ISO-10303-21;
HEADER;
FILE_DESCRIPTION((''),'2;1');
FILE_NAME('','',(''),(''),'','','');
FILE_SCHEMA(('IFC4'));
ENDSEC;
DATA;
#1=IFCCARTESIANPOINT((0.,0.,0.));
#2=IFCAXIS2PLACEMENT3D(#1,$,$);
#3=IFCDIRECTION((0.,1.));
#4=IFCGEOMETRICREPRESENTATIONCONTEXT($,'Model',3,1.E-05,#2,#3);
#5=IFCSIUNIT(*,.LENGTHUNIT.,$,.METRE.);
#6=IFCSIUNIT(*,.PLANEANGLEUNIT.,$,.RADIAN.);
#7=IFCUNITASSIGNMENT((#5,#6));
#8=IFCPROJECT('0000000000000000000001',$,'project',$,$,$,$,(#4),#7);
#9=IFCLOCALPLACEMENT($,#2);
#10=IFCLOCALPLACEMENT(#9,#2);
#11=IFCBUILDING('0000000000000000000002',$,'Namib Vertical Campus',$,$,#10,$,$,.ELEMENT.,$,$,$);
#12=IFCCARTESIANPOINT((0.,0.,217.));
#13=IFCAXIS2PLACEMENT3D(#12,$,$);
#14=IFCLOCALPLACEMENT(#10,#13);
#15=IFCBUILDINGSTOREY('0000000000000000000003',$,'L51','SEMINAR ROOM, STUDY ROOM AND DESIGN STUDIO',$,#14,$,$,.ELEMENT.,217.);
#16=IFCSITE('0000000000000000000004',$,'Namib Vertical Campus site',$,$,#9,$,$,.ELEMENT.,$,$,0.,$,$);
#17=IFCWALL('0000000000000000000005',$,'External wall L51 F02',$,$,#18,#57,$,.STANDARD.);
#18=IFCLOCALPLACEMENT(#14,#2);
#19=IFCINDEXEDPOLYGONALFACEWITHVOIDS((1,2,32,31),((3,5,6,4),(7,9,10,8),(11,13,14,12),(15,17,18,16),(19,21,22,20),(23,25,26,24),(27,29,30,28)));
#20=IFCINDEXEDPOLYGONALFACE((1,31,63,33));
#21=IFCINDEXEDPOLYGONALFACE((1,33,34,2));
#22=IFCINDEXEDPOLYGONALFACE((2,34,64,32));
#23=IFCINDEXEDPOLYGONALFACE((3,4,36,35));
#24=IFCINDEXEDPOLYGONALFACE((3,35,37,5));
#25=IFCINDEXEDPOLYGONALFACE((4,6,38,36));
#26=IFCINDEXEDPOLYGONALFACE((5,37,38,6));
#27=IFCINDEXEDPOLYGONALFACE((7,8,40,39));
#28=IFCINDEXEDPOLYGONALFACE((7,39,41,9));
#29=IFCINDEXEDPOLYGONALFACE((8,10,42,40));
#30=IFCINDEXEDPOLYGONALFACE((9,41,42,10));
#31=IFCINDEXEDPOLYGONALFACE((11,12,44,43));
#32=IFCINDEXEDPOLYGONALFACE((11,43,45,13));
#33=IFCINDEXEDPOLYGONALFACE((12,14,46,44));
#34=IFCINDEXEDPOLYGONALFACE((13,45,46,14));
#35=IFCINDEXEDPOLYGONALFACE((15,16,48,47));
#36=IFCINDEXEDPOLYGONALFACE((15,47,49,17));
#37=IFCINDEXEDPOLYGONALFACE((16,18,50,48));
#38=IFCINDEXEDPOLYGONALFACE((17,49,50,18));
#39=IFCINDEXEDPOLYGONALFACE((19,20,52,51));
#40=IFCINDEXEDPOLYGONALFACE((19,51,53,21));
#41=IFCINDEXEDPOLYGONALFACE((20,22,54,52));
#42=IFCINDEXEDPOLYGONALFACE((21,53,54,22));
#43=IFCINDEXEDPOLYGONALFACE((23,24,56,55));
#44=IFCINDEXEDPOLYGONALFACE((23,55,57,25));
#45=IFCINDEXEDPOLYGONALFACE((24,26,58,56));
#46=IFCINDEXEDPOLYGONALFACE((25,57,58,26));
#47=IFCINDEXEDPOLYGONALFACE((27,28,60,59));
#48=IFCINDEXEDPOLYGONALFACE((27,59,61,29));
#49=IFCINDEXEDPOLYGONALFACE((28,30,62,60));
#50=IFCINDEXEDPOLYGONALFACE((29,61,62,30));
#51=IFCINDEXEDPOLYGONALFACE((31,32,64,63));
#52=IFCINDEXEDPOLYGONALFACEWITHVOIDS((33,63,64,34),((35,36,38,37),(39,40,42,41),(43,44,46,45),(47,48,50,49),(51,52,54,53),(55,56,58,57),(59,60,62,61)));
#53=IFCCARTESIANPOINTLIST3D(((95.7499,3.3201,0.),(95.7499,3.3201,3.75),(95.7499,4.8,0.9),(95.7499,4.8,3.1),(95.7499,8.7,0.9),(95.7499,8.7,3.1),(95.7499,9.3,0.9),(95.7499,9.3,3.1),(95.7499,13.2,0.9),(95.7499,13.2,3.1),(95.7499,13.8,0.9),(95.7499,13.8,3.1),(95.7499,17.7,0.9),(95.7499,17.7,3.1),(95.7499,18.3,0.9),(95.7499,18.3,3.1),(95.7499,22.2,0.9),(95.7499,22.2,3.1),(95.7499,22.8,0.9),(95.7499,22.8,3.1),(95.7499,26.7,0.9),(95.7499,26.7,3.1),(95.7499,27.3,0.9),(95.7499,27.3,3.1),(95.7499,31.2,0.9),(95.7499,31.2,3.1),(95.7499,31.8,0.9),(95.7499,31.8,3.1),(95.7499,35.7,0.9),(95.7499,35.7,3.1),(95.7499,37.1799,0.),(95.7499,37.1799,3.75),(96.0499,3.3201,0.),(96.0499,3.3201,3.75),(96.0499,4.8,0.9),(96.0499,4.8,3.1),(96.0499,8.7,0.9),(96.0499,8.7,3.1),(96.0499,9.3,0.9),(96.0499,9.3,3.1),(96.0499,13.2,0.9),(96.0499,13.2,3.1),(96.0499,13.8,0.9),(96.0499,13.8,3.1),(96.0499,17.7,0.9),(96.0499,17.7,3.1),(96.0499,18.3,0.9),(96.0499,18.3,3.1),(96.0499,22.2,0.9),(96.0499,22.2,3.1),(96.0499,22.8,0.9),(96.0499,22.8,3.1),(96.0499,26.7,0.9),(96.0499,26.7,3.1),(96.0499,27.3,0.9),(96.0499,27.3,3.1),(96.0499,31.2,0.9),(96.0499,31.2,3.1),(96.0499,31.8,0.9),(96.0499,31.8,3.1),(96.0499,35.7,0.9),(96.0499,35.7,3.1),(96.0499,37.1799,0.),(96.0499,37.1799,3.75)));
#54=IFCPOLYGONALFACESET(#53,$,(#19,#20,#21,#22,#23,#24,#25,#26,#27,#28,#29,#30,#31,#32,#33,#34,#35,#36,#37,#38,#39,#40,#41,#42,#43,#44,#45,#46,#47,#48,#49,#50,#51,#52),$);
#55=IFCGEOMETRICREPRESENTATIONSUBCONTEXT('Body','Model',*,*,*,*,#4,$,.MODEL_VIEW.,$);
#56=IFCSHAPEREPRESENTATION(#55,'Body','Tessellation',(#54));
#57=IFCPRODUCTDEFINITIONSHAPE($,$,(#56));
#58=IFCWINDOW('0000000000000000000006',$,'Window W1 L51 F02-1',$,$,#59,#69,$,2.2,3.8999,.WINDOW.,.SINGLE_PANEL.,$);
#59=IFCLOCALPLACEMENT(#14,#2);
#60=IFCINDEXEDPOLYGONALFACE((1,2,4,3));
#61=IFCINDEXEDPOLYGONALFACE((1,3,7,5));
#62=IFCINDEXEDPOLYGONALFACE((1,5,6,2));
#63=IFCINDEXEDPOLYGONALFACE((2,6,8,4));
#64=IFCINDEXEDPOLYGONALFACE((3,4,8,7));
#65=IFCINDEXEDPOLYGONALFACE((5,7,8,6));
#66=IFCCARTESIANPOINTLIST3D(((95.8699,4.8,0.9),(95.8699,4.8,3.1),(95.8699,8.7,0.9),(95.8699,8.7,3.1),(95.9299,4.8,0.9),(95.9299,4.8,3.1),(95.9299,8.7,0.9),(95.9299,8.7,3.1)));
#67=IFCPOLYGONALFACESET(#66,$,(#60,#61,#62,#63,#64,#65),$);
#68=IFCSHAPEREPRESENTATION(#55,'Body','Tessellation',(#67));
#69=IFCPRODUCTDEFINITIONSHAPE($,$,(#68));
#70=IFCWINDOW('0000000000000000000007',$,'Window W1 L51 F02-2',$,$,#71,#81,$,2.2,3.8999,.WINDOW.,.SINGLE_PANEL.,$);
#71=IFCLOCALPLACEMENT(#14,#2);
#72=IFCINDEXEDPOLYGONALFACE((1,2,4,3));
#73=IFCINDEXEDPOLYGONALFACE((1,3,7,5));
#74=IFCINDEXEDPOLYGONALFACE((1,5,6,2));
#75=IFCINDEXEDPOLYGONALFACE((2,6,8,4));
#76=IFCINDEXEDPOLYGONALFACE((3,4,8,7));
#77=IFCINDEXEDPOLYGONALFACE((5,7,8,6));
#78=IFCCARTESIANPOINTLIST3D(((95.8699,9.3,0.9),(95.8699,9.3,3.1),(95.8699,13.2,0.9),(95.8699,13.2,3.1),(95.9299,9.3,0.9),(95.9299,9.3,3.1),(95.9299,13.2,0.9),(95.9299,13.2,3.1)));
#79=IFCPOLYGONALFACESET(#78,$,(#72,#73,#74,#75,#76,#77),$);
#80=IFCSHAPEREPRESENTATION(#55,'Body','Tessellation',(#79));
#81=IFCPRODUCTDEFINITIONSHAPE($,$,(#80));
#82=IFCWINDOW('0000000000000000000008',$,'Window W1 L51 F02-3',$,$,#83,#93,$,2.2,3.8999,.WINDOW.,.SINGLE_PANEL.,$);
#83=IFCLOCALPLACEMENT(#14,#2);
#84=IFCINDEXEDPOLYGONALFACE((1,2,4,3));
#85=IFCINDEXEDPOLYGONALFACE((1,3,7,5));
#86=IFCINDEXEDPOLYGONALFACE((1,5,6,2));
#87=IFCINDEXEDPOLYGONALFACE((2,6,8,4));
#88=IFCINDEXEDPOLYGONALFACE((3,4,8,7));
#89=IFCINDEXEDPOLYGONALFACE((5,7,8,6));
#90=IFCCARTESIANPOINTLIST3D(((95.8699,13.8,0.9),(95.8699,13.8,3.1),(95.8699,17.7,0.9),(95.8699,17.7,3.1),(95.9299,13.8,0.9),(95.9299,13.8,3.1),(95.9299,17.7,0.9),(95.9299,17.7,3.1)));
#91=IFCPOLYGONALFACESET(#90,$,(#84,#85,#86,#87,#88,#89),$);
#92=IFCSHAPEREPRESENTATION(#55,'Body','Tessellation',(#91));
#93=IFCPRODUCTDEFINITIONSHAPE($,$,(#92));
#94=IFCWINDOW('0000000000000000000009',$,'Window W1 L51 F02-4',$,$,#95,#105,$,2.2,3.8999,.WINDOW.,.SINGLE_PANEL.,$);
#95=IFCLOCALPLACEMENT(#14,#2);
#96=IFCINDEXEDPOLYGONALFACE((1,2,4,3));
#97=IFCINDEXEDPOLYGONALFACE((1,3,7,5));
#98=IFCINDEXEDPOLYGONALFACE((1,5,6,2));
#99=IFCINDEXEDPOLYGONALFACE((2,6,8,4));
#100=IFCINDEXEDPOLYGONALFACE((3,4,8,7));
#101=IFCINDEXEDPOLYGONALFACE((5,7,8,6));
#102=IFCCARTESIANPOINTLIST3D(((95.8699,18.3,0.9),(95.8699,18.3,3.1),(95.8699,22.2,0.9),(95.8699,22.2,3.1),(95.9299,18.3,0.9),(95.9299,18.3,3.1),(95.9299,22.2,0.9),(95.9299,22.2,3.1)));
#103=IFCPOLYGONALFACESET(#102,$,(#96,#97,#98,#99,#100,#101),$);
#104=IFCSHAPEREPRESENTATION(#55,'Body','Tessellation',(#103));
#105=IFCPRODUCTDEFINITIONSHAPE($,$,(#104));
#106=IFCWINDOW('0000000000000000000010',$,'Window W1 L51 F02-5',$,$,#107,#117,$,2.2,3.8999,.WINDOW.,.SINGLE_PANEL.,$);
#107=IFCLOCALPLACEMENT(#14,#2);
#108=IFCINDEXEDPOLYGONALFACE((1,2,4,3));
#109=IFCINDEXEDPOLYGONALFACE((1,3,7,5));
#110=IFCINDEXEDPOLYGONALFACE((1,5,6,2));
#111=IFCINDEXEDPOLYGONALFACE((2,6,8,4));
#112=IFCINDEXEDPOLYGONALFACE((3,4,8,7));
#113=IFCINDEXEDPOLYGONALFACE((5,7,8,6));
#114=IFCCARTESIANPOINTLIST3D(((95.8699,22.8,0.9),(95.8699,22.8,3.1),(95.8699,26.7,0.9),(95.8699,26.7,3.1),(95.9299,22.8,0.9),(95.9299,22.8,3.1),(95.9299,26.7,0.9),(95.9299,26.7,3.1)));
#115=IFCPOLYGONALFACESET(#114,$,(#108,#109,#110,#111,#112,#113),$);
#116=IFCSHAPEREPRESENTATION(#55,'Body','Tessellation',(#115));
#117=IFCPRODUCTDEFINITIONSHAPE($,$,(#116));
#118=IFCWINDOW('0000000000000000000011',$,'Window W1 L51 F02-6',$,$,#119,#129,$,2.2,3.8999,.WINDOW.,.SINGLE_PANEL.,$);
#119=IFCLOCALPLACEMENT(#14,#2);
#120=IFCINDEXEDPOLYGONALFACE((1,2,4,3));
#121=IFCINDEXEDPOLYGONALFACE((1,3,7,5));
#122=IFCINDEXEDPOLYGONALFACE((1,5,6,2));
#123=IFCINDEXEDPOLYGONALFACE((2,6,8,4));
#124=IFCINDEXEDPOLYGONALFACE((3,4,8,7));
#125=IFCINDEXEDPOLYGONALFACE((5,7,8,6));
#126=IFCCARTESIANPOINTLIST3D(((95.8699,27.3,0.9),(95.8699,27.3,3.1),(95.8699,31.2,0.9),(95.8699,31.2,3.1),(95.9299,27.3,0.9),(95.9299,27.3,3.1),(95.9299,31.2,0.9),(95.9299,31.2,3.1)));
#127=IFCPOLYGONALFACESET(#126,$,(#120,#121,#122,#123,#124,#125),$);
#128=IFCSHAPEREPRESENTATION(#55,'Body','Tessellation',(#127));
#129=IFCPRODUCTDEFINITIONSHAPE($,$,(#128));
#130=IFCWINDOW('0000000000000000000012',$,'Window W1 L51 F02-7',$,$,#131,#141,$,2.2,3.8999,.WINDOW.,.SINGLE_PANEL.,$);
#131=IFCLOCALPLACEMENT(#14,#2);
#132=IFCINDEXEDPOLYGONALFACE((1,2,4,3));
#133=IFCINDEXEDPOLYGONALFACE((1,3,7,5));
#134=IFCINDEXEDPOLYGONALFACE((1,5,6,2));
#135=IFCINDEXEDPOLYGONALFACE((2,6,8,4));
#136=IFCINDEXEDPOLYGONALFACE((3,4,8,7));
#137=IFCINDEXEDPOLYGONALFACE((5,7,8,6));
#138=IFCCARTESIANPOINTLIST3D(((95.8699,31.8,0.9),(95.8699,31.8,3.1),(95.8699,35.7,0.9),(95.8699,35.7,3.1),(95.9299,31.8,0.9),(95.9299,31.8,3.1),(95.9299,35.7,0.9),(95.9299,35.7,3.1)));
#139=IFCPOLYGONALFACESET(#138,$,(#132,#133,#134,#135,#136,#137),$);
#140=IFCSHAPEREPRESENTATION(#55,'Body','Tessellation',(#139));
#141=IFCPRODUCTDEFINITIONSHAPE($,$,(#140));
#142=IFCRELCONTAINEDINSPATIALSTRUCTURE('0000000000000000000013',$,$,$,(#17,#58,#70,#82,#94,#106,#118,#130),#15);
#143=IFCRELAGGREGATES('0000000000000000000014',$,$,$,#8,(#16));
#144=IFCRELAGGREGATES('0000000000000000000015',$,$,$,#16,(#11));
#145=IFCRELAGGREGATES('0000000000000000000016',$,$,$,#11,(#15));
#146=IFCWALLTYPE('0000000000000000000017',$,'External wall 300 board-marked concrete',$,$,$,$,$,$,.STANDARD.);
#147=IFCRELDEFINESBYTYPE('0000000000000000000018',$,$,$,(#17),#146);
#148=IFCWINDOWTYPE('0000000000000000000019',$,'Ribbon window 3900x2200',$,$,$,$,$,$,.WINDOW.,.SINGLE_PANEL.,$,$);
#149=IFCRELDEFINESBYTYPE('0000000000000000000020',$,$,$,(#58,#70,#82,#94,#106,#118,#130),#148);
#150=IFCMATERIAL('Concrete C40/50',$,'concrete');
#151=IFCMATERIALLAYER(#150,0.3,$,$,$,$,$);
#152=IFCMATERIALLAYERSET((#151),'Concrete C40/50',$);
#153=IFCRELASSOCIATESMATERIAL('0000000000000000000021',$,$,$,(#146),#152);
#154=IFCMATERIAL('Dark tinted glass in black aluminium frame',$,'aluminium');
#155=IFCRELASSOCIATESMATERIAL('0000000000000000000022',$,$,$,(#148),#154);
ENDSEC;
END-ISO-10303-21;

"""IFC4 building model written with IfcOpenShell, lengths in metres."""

from ifc_helpers import new_model, si_unit, direction, frame, frame_2d, origin, place, context, subcontext, project, spatial, rectangle, extrude, material, layer, layer_set, type_object, element, fill, save


model = new_model("IFC4")

# Units and contexts
model_context = context("Model", 3, precision=1e-05, world=origin(), true_north=direction((0.0, 1.0)))
body_context = subcontext(model_context, "Body", "Model", "MODEL_VIEW")
ifc_project = project(units=[si_unit("LENGTHUNIT", "METRE"), si_unit("PLANEANGLEUNIT", "RADIAN")], contexts=[model_context])

# Site, building, storey
site_placement = place(None, origin())
site = spatial("IfcSite", under=ifc_project, at=site_placement, Name="Namib Vertical Campus site", CompositionType="ELEMENT", RefElevation=0.0)
building_placement = place(site_placement, origin())
building = spatial("IfcBuilding", under=site, at=building_placement, Name="Namib Vertical Campus", CompositionType="ELEMENT")
storey_placement = place(building_placement, frame((0.0, 0.0, 217.0)))
storey = spatial("IfcBuildingStorey", under=building, at=storey_placement, Name="L51", Description="SEMINAR ROOM, STUDY ROOM AND DESIGN STUDIO", CompositionType="ELEMENT", Elevation=217.0)

# Wall, openings, windows
ifc_material_1 = material(Name="Concrete C40/50", Category="concrete")
ifc_layer_1 = layer(ifc_material_1, 0.3)
ifc_layer_set_1 = layer_set([ifc_layer_1], Name="Concrete C40/50")
wall_type_1 = type_object("IfcWallType", Name="External wall 300 board-marked concrete", PredefinedType="STANDARD", material=ifc_layer_set_1)
wall_1_placement = place(storey_placement, frame((95.8999, 3.3201, 0.0), z_axis=(0.0, 0.0, 1.0), x_axis=(0.0, 1.0, 0.0)))
wall_1 = element("IfcWall", 1, at=wall_1_placement, inside=storey, type_object=wall_type_1, Name="External wall L51 F02", PredefinedType="STANDARD", context=body_context, shape_type="SweptSolid", body=[
    extrude(rectangle(XDim=33.8599, YDim=0.3, at=frame_2d((16.9299, 0.0))), origin(), (0.0, 0.0, 1.0), 3.75),
])
opening_1_placement = place(wall_1_placement, frame((1.48, 0.0, 0.8999)))
opening_1 = element("IfcOpeningElement", 2, at=opening_1_placement, cuts=wall_1, PredefinedType="OPENING", context=body_context, shape_type="SweptSolid", body=[
    extrude(rectangle(XDim=3.8999, YDim=2.2, at=frame_2d((1.95, 1.1001))), frame((0.0, 0.1599, 0.0), z_axis=(0.0, -1.0, 0.0), x_axis=(1.0, 0.0, 0.0)), (0.0, 0.0, 1.0), 0.3201),
])
opening_2_placement = place(wall_1_placement, frame((5.98, 0.0, 0.8999)))
opening_2 = element("IfcOpeningElement", 3, at=opening_2_placement, cuts=wall_1, PredefinedType="OPENING", context=body_context, shape_type="SweptSolid", body=[
    extrude(rectangle(XDim=3.8999, YDim=2.2, at=frame_2d((1.95, 1.1001))), frame((0.0, 0.1599, 0.0), z_axis=(0.0, -1.0, 0.0), x_axis=(1.0, 0.0, 0.0)), (0.0, 0.0, 1.0), 0.3201),
])
opening_3_placement = place(wall_1_placement, frame((10.48, 0.0, 0.8999)))
opening_3 = element("IfcOpeningElement", 4, at=opening_3_placement, cuts=wall_1, PredefinedType="OPENING", context=body_context, shape_type="SweptSolid", body=[
    extrude(rectangle(XDim=3.8999, YDim=2.2, at=frame_2d((1.95, 1.1001))), frame((0.0, 0.1599, 0.0), z_axis=(0.0, -1.0, 0.0), x_axis=(1.0, 0.0, 0.0)), (0.0, 0.0, 1.0), 0.3201),
])
opening_4_placement = place(wall_1_placement, frame((14.98, 0.0, 0.8999)))
opening_4 = element("IfcOpeningElement", 5, at=opening_4_placement, cuts=wall_1, PredefinedType="OPENING", context=body_context, shape_type="SweptSolid", body=[
    extrude(rectangle(XDim=3.8999, YDim=2.2, at=frame_2d((1.95, 1.1001))), frame((0.0, 0.1599, 0.0), z_axis=(0.0, -1.0, 0.0), x_axis=(1.0, 0.0, 0.0)), (0.0, 0.0, 1.0), 0.3201),
])
opening_5_placement = place(wall_1_placement, frame((19.48, 0.0, 0.8999)))
opening_5 = element("IfcOpeningElement", 6, at=opening_5_placement, cuts=wall_1, PredefinedType="OPENING", context=body_context, shape_type="SweptSolid", body=[
    extrude(rectangle(XDim=3.8999, YDim=2.2, at=frame_2d((1.95, 1.1001))), frame((0.0, 0.1599, 0.0), z_axis=(0.0, -1.0, 0.0), x_axis=(1.0, 0.0, 0.0)), (0.0, 0.0, 1.0), 0.3201),
])
opening_6_placement = place(wall_1_placement, frame((23.98, 0.0, 0.8999)))
opening_6 = element("IfcOpeningElement", 7, at=opening_6_placement, cuts=wall_1, PredefinedType="OPENING", context=body_context, shape_type="SweptSolid", body=[
    extrude(rectangle(XDim=3.8999, YDim=2.2, at=frame_2d((1.95, 1.1001))), frame((0.0, 0.1599, 0.0), z_axis=(0.0, -1.0, 0.0), x_axis=(1.0, 0.0, 0.0)), (0.0, 0.0, 1.0), 0.3201),
])
opening_7_placement = place(wall_1_placement, frame((28.48, 0.0, 0.8999)))
opening_7 = element("IfcOpeningElement", 8, at=opening_7_placement, cuts=wall_1, PredefinedType="OPENING", context=body_context, shape_type="SweptSolid", body=[
    extrude(rectangle(XDim=3.8999, YDim=2.2, at=frame_2d((1.95, 1.1001))), frame((0.0, 0.1599, 0.0), z_axis=(0.0, -1.0, 0.0), x_axis=(1.0, 0.0, 0.0)), (0.0, 0.0, 1.0), 0.3201),
])
ifc_material_2 = material(Name="Dark tinted glass in black aluminium frame", Category="aluminium")
window_type = type_object("IfcWindowType", Name="Ribbon window 3900x2200", PartitioningType="SINGLE_PANEL", PredefinedType="WINDOW", material=ifc_material_2)
window_1_placement = place(opening_1_placement, origin())
window_1 = element("IfcWindow", 9, at=window_1_placement, inside=storey, type_object=window_type, Name="Window W1 L51 F02-1", OverallHeight=2.2, OverallWidth=3.8999, PartitioningType="SINGLE_PANEL", PredefinedType="WINDOW", context=body_context, shape_type="SweptSolid", body=[
    extrude(rectangle(XDim=3.8999, YDim=2.2, at=frame_2d((1.95, 1.1001))), frame((0.0, 0.03, 0.0), z_axis=(0.0, -1.0, 0.0), x_axis=(1.0, 0.0, 0.0)), (0.0, 0.0, 1.0), 0.0601),
])
fill(opening_1, window_1)
window_2_placement = place(opening_2_placement, origin())
window_2 = element("IfcWindow", 10, at=window_2_placement, inside=storey, type_object=window_type, Name="Window W1 L51 F02-2", OverallHeight=2.2, OverallWidth=3.8999, PartitioningType="SINGLE_PANEL", PredefinedType="WINDOW", context=body_context, shape_type="SweptSolid", body=[
    extrude(rectangle(XDim=3.8999, YDim=2.2, at=frame_2d((1.95, 1.1001))), frame((0.0, 0.03, 0.0), z_axis=(0.0, -1.0, 0.0), x_axis=(1.0, 0.0, 0.0)), (0.0, 0.0, 1.0), 0.0601),
])
fill(opening_2, window_2)
window_3_placement = place(opening_3_placement, origin())
window_3 = element("IfcWindow", 11, at=window_3_placement, inside=storey, type_object=window_type, Name="Window W1 L51 F02-3", OverallHeight=2.2, OverallWidth=3.8999, PartitioningType="SINGLE_PANEL", PredefinedType="WINDOW", context=body_context, shape_type="SweptSolid", body=[
    extrude(rectangle(XDim=3.8999, YDim=2.2, at=frame_2d((1.95, 1.1001))), frame((0.0, 0.03, 0.0), z_axis=(0.0, -1.0, 0.0), x_axis=(1.0, 0.0, 0.0)), (0.0, 0.0, 1.0), 0.0601),
])
fill(opening_3, window_3)
window_4_placement = place(opening_4_placement, origin())
window_4 = element("IfcWindow", 12, at=window_4_placement, inside=storey, type_object=window_type, Name="Window W1 L51 F02-4", OverallHeight=2.2, OverallWidth=3.8999, PartitioningType="SINGLE_PANEL", PredefinedType="WINDOW", context=body_context, shape_type="SweptSolid", body=[
    extrude(rectangle(XDim=3.8999, YDim=2.2, at=frame_2d((1.95, 1.1001))), frame((0.0, 0.03, 0.0), z_axis=(0.0, -1.0, 0.0), x_axis=(1.0, 0.0, 0.0)), (0.0, 0.0, 1.0), 0.0601),
])
fill(opening_4, window_4)
window_5_placement = place(opening_5_placement, origin())
window_5 = element("IfcWindow", 13, at=window_5_placement, inside=storey, type_object=window_type, Name="Window W1 L51 F02-5", OverallHeight=2.2, OverallWidth=3.8999, PartitioningType="SINGLE_PANEL", PredefinedType="WINDOW", context=body_context, shape_type="SweptSolid", body=[
    extrude(rectangle(XDim=3.8999, YDim=2.2, at=frame_2d((1.95, 1.1001))), frame((0.0, 0.03, 0.0), z_axis=(0.0, -1.0, 0.0), x_axis=(1.0, 0.0, 0.0)), (0.0, 0.0, 1.0), 0.0601),
])
fill(opening_5, window_5)
window_6_placement = place(opening_6_placement, origin())
window_6 = element("IfcWindow", 14, at=window_6_placement, inside=storey, type_object=window_type, Name="Window W1 L51 F02-6", OverallHeight=2.2, OverallWidth=3.8999, PartitioningType="SINGLE_PANEL", PredefinedType="WINDOW", context=body_context, shape_type="SweptSolid", body=[
    extrude(rectangle(XDim=3.8999, YDim=2.2, at=frame_2d((1.95, 1.1001))), frame((0.0, 0.03, 0.0), z_axis=(0.0, -1.0, 0.0), x_axis=(1.0, 0.0, 0.0)), (0.0, 0.0, 1.0), 0.0601),
])
fill(opening_6, window_6)
window_7_placement = place(opening_7_placement, origin())
window_7 = element("IfcWindow", 15, at=window_7_placement, inside=storey, type_object=window_type, Name="Window W1 L51 F02-7", OverallHeight=2.2, OverallWidth=3.8999, PartitioningType="SINGLE_PANEL", PredefinedType="WINDOW", context=body_context, shape_type="SweptSolid", body=[
    extrude(rectangle(XDim=3.8999, YDim=2.2, at=frame_2d((1.95, 1.1001))), frame((0.0, 0.03, 0.0), z_axis=(0.0, -1.0, 0.0), x_axis=(1.0, 0.0, 0.0)), (0.0, 0.0, 1.0), 0.0601),
])
fill(opening_7, window_7)

save(model, "model.ifc")
